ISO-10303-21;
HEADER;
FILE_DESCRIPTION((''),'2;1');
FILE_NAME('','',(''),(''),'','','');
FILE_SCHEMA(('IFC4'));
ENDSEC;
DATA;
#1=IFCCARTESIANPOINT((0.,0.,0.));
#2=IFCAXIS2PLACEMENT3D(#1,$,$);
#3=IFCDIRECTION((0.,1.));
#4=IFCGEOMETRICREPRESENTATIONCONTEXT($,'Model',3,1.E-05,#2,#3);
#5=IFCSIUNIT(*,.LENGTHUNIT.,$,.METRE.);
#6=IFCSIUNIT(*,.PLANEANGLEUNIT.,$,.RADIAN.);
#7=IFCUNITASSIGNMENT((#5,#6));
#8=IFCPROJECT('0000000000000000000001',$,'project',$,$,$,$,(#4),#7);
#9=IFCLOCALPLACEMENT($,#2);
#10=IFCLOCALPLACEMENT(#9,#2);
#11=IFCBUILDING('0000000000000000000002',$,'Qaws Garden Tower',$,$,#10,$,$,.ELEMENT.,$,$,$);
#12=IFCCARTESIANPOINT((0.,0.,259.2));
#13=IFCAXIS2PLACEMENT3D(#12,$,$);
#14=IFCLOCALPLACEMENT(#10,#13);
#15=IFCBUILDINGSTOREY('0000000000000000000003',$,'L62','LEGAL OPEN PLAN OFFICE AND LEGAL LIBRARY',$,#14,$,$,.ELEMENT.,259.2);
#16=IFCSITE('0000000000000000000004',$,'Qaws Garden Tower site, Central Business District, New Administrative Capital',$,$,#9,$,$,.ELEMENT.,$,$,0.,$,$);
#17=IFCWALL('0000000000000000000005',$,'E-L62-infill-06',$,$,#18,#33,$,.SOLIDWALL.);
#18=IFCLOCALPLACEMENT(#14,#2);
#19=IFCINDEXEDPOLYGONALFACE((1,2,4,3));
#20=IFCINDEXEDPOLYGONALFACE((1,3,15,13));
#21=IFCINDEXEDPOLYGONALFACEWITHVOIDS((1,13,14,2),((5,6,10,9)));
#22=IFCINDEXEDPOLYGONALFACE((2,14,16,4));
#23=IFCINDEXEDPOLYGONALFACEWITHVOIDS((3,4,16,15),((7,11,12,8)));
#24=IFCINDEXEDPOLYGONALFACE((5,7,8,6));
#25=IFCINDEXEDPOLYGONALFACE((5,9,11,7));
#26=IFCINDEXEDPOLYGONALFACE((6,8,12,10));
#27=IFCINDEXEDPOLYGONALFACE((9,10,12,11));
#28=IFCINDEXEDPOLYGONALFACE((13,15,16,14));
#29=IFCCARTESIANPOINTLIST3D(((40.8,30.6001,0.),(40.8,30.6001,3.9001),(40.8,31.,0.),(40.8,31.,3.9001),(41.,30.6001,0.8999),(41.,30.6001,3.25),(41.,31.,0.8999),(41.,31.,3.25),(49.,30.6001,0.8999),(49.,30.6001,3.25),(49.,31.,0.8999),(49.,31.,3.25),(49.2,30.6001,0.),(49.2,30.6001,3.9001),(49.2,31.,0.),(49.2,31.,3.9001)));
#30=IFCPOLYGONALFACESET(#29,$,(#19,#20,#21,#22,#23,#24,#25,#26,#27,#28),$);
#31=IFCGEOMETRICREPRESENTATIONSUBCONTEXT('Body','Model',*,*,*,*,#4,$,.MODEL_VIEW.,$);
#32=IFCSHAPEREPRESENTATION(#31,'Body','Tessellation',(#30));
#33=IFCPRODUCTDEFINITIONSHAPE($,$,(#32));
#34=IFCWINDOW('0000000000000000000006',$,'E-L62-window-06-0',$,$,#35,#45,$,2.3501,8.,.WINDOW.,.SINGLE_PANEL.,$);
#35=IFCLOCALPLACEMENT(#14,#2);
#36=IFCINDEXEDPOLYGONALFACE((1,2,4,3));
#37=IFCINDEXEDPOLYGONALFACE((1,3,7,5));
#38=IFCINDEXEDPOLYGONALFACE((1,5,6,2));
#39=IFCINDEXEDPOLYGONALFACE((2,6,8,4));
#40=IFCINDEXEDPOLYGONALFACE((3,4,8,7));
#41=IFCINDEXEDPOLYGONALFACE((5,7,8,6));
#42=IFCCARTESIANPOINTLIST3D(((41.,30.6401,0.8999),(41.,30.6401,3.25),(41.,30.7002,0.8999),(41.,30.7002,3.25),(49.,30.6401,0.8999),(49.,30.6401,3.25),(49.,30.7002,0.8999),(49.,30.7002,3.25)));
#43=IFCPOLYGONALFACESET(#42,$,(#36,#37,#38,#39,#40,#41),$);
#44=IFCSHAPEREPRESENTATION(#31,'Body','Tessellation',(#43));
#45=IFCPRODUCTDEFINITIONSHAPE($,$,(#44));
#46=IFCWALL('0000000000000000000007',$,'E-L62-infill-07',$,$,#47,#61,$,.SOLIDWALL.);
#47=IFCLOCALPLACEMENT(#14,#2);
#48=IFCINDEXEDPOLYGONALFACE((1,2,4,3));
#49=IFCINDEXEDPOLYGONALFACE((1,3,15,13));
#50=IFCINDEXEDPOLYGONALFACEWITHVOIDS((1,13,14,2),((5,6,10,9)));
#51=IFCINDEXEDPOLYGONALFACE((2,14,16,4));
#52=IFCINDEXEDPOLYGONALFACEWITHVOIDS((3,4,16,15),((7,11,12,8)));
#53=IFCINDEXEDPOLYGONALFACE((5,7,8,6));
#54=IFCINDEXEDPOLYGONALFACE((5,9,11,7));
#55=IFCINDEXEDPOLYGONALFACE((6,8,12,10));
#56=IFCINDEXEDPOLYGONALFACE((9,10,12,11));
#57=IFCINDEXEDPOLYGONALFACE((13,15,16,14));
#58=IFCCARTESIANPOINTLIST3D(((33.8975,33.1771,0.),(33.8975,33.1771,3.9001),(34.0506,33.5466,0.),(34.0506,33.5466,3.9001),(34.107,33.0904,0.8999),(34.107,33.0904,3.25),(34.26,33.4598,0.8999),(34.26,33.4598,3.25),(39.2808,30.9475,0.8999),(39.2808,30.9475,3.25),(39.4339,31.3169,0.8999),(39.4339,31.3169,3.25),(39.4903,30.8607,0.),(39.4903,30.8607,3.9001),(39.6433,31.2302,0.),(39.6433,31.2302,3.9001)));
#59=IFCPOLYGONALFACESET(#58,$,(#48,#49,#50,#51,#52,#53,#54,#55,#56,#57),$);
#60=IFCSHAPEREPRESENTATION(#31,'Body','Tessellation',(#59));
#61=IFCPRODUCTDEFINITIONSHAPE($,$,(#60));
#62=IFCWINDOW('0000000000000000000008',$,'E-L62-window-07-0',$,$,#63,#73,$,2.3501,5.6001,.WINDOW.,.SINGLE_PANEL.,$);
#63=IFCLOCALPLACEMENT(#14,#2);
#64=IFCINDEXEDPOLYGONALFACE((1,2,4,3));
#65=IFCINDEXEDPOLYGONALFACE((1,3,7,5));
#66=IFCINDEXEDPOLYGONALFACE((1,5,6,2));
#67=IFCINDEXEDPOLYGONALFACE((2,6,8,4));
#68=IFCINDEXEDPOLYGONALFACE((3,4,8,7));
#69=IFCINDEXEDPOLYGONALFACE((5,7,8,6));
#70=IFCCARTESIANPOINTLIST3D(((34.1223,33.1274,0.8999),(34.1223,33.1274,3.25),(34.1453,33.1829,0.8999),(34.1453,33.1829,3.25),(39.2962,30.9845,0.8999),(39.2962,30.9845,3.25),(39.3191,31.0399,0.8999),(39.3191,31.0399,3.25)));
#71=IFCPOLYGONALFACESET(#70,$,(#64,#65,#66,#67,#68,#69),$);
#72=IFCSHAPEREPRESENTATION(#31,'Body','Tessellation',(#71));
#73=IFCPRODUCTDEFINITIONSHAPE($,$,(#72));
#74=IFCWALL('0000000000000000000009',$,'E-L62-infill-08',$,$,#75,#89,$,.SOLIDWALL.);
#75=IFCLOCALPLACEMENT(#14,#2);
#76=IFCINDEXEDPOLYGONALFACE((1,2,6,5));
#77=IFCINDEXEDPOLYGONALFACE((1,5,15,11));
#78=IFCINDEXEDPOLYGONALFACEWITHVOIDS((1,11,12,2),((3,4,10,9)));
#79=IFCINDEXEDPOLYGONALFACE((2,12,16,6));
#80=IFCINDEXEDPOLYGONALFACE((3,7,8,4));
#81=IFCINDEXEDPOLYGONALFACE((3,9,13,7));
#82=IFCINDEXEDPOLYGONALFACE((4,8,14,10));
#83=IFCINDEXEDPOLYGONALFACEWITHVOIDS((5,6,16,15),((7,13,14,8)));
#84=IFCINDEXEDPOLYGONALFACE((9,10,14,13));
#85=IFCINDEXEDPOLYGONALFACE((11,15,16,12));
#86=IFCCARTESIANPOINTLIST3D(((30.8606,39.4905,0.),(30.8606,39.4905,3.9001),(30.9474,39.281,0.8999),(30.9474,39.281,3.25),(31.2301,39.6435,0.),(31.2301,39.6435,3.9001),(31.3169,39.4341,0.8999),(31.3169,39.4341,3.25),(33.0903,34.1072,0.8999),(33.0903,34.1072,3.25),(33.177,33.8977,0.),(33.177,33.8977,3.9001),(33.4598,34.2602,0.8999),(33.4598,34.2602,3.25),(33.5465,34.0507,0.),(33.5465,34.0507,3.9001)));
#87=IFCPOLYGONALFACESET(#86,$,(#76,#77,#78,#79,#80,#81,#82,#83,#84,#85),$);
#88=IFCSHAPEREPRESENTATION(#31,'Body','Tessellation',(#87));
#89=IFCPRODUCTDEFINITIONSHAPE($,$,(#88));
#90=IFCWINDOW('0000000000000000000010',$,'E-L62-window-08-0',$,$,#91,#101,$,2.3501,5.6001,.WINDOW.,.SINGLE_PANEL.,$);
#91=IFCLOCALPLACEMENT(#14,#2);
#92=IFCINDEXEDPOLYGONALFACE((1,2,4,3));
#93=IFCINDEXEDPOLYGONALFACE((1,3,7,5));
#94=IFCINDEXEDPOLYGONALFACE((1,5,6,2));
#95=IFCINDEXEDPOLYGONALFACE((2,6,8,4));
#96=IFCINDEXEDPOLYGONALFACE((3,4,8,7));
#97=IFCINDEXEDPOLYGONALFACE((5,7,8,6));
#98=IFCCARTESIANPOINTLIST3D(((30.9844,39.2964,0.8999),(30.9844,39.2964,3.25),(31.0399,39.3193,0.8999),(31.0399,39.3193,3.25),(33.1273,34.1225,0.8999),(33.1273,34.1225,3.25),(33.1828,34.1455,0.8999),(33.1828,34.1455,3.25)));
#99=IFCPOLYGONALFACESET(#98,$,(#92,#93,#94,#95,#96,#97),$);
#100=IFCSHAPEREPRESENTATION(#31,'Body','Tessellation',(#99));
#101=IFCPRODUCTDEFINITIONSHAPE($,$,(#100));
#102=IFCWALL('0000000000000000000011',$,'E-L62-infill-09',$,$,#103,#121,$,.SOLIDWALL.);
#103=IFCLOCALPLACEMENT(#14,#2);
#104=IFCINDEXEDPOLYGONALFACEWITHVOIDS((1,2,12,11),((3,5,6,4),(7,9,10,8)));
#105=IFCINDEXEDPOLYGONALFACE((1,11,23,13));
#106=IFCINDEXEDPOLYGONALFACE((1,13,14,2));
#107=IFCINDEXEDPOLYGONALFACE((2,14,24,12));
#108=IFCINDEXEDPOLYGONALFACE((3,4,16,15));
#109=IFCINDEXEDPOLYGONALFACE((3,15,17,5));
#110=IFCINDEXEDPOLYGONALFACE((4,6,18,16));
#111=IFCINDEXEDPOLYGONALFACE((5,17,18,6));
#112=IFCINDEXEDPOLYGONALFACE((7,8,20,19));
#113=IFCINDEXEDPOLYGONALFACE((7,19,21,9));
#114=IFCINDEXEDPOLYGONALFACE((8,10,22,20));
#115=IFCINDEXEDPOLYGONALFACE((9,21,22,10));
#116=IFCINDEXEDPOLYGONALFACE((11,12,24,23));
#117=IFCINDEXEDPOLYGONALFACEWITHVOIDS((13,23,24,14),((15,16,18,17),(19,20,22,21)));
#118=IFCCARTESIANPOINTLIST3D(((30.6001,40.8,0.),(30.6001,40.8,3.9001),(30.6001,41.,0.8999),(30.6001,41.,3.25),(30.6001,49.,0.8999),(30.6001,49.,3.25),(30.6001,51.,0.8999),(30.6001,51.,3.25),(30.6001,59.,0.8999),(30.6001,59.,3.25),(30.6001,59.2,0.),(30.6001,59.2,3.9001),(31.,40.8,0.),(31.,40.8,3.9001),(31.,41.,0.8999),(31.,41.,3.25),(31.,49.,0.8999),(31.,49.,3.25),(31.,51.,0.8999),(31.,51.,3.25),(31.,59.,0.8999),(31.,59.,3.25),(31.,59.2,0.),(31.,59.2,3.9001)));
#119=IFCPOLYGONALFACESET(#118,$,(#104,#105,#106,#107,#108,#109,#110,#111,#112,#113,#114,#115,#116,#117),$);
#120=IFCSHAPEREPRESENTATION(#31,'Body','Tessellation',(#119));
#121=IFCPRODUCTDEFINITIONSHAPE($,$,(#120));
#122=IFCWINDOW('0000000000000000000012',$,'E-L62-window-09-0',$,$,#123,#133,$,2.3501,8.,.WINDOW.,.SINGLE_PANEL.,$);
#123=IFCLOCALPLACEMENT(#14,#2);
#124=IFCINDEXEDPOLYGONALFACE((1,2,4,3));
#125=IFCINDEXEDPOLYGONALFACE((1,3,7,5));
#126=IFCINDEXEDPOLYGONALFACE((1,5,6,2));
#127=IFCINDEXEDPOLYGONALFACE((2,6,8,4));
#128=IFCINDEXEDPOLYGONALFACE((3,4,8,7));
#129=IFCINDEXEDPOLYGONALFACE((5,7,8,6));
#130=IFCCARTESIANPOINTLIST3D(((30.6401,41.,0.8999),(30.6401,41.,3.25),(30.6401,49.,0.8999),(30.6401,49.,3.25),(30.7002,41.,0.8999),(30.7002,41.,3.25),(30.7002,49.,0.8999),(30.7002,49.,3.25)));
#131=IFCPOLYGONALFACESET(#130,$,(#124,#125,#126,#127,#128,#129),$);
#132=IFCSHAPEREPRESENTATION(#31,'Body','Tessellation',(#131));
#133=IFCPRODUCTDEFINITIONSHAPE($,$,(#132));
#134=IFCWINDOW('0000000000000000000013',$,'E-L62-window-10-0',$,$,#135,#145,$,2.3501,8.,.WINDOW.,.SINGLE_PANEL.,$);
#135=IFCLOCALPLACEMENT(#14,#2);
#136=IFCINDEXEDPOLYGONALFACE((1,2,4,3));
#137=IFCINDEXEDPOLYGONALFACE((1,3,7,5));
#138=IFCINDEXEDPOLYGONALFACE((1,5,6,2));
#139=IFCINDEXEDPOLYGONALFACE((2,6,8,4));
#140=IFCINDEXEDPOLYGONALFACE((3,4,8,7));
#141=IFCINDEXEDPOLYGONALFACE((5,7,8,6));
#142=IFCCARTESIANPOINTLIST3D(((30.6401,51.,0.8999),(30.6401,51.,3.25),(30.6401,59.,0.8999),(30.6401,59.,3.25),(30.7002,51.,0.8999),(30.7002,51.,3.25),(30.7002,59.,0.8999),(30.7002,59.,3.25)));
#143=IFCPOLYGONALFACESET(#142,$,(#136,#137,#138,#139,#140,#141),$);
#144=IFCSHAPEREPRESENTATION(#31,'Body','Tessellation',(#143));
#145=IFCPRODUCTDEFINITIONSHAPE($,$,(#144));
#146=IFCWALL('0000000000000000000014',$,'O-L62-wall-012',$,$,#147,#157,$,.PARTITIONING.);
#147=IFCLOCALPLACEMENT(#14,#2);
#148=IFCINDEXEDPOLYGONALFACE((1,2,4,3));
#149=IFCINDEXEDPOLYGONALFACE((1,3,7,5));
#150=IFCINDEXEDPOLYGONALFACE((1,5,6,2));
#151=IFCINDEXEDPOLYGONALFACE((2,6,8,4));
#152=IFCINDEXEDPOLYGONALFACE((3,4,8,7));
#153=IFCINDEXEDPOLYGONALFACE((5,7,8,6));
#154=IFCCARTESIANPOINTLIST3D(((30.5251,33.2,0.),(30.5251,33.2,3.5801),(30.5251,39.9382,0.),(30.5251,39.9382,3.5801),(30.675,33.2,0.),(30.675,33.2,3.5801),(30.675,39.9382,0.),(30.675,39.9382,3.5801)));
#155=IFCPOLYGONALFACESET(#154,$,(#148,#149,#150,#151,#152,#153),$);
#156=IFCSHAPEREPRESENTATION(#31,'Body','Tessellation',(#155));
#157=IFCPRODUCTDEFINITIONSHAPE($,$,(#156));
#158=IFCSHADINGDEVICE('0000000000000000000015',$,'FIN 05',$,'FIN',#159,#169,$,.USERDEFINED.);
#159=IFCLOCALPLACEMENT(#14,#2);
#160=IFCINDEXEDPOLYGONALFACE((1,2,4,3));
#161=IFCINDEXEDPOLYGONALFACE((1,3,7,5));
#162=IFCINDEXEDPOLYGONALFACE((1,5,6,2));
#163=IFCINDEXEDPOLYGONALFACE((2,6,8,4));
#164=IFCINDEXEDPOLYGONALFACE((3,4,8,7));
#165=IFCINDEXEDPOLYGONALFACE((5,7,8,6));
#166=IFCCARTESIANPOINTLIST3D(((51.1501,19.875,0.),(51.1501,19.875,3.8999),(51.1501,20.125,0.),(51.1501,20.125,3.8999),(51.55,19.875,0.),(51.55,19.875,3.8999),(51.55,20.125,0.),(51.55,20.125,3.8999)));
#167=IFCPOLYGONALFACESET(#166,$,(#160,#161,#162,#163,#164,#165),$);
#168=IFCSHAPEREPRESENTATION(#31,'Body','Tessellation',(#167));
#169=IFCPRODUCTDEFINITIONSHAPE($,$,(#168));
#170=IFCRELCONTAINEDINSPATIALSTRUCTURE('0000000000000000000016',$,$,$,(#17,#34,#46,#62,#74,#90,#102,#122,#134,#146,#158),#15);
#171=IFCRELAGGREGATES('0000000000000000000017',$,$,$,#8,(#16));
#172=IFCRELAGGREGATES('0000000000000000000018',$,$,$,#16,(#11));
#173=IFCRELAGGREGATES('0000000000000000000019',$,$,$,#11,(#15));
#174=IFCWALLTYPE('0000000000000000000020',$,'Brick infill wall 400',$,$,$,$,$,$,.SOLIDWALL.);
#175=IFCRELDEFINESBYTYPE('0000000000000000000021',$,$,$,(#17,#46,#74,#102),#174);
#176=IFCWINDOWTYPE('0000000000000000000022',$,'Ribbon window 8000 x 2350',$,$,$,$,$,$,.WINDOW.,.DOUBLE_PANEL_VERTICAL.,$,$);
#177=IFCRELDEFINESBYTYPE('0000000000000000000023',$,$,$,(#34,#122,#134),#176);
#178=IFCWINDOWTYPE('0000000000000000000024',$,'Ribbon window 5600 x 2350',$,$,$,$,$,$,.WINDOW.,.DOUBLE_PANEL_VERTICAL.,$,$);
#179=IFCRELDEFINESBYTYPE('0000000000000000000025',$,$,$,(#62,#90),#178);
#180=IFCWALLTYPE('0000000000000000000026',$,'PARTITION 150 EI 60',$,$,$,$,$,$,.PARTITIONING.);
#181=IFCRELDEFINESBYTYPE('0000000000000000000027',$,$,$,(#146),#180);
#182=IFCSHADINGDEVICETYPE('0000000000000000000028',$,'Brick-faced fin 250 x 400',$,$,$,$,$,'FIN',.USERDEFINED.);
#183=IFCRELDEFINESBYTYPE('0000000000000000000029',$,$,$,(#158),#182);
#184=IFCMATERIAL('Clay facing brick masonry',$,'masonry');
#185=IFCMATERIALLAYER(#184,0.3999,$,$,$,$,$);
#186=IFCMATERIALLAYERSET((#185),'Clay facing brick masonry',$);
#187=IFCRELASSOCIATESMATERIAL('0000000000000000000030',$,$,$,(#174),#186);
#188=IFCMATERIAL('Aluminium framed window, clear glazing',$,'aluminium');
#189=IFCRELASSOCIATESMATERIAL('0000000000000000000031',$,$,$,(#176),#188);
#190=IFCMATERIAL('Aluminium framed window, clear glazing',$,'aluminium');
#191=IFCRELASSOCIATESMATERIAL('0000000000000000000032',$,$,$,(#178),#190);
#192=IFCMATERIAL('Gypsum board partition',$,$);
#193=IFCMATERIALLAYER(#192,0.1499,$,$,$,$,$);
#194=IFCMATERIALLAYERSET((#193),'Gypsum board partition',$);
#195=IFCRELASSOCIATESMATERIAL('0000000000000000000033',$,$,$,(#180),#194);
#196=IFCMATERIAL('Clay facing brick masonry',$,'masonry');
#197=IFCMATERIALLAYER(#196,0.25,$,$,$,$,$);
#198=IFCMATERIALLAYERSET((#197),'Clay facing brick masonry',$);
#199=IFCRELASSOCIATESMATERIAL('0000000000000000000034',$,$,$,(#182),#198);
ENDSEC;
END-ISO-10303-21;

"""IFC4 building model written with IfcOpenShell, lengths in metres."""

from ifc_helpers import new_model, si_unit, direction, frame, frame_2d, origin, origin_2d, place, context, subcontext, project, spatial, rectangle, extrude, material, layer, layer_set, type_object, element, fill, save


model = new_model("IFC4")

# Units and contexts
model_context = context("Model", 3, precision=1e-05, world=origin(), true_north=direction((0.0, 1.0)))
body_context = subcontext(model_context, "Body", "Model", "MODEL_VIEW")
ifc_project = project(units=[si_unit("LENGTHUNIT", "METRE"), si_unit("PLANEANGLEUNIT", "RADIAN")], contexts=[model_context])

# Site, building, storey
site_placement = place(None, origin())
site = spatial("IfcSite", under=ifc_project, at=site_placement, Name="Qaws Garden Tower site, Central Business District, New Administrative Capital", CompositionType="ELEMENT", RefElevation=0.0)
building_placement = place(site_placement, origin())
building = spatial("IfcBuilding", under=site, at=building_placement, Name="Qaws Garden Tower", CompositionType="ELEMENT")
storey_placement = place(building_placement, frame((0.0, 0.0, 259.2)))
storey = spatial("IfcBuildingStorey", under=building, at=storey_placement, Name="L62", Description="LEGAL OPEN PLAN OFFICE AND LEGAL LIBRARY", CompositionType="ELEMENT", Elevation=259.2)

# Walls, openings, windows
ifc_material_1 = material(Name="Clay facing brick masonry", Category="masonry")
ifc_layer_1 = layer(ifc_material_1, 0.3999)
ifc_layer_set_1 = layer_set([ifc_layer_1], Name="Clay facing brick masonry")
wall_type_1 = type_object("IfcWallType", Name="Brick infill wall 400", PredefinedType="SOLIDWALL", material=ifc_layer_set_1)
wall_1_placement = place(storey_placement, frame((49.2, 30.8, 0.0), z_axis=(0.0, 0.0, 1.0), x_axis=(-1.0, 0.0, 0.0)))
wall_1 = element("IfcWall", 1, at=wall_1_placement, inside=storey, type_object=wall_type_1, Name="E-L62-infill-06", PredefinedType="SOLIDWALL", context=body_context, shape_type="SweptSolid", body=[
    extrude(rectangle(XDim=8.3999, YDim=0.3999, at=frame_2d((4.2, 0.0))), origin(), (0.0, 0.0, 1.0), 3.9001),
])
opening_1_placement = place(wall_1_placement, frame((0.2, 0.0, 0.8999)))
opening_1 = element("IfcOpeningElement", 2, at=opening_1_placement, cuts=wall_1, PredefinedType="OPENING", context=body_context, shape_type="SweptSolid", body=[
    extrude(rectangle(XDim=8.0, YDim=2.3501, at=frame_2d((4.0, 1.175))), frame((0.0, 0.21, 0.0), z_axis=(0.0, -1.0, 0.0), x_axis=(1.0, 0.0, 0.0)), (0.0, 0.0, 1.0), 0.4199),
])
ifc_material_2 = material(Name="Aluminium framed window, clear glazing", Category="aluminium")
window_type_1 = type_object("IfcWindowType", Name="Ribbon window 8000 x 2350", PartitioningType="DOUBLE_PANEL_VERTICAL", PredefinedType="WINDOW", material=ifc_material_2)
window_1_placement = place(opening_1_placement, origin())
window_1 = element("IfcWindow", 3, at=window_1_placement, inside=storey, type_object=window_type_1, Name="E-L62-window-06-0", OverallHeight=2.3501, OverallWidth=8.0, PartitioningType="SINGLE_PANEL", PredefinedType="WINDOW", context=body_context, shape_type="SweptSolid", body=[
    extrude(rectangle(XDim=8.0, YDim=2.3501, at=frame_2d((4.0, 1.175))), frame((0.0, 0.1599, 0.0), z_axis=(0.0, -1.0, 0.0), x_axis=(1.0, 0.0, 0.0)), (0.0, 0.0, 1.0), 0.0601),
])
fill(opening_1, window_1)
wall_2_placement = place(storey_placement, frame((39.5669, 31.0454, 0.0), z_axis=(0.0, 0.0, 1.0), x_axis=(-0.923891, 0.382656, 0.0)))
wall_2 = element("IfcWall", 4, at=wall_2_placement, inside=storey, type_object=wall_type_1, Name="E-L62-infill-07", PredefinedType="SOLIDWALL", context=body_context, shape_type="SweptSolid", body=[
    extrude(rectangle(XDim=6.0535, YDim=0.3999, at=frame_2d((3.0269, 0.0))), origin(), (0.0, 0.0, 1.0), 3.9001),
])
opening_2_placement = place(wall_2_placement, frame((0.2268, 0.0, 0.8999)))
opening_2 = element("IfcOpeningElement", 5, at=opening_2_placement, cuts=wall_2, PredefinedType="OPENING", context=body_context, shape_type="SweptSolid", body=[
    extrude(rectangle(XDim=5.6001, YDim=2.3501, at=frame_2d((2.8, 1.175))), frame((0.0, 0.21, 0.0), z_axis=(0.0, -1.0, 0.0), x_axis=(1.0, 0.0, 0.0)), (0.0, 0.0, 1.0), 0.4199),
])
ifc_material_3 = material(Name="Aluminium framed window, clear glazing", Category="aluminium")
window_type_2 = type_object("IfcWindowType", Name="Ribbon window 5600 x 2350", PartitioningType="DOUBLE_PANEL_VERTICAL", PredefinedType="WINDOW", material=ifc_material_3)
window_2_placement = place(opening_2_placement, origin())
window_2 = element("IfcWindow", 6, at=window_2_placement, inside=storey, type_object=window_type_2, Name="E-L62-window-07-0", OverallHeight=2.3501, OverallWidth=5.6001, PartitioningType="SINGLE_PANEL", PredefinedType="WINDOW", context=body_context, shape_type="SweptSolid", body=[
    extrude(rectangle(XDim=5.6001, YDim=2.3501, at=frame_2d((2.8, 1.175))), frame((0.0, 0.1599, 0.0), z_axis=(0.0, -1.0, 0.0), x_axis=(1.0, 0.0, 0.0)), (0.0, 0.0, 1.0), 0.0601),
])
fill(opening_2, window_2)
wall_3_placement = place(storey_placement, frame((33.3618, 33.9741, 0.0), z_axis=(0.0, 0.0, 1.0), x_axis=(-0.382656, 0.923891, 0.0)))
wall_3 = element("IfcWall", 7, at=wall_3_placement, inside=storey, type_object=wall_type_1, Name="E-L62-infill-08", PredefinedType="SOLIDWALL", context=body_context, shape_type="SweptSolid", body=[
    extrude(rectangle(XDim=6.0535, YDim=0.3999, at=frame_2d((3.0269, 0.0))), origin(), (0.0, 0.0, 1.0), 3.9001),
])
opening_3_placement = place(wall_3_placement, frame((0.2268, 0.0, 0.8999)))
opening_3 = element("IfcOpeningElement", 8, at=opening_3_placement, cuts=wall_3, PredefinedType="OPENING", context=body_context, shape_type="SweptSolid", body=[
    extrude(rectangle(XDim=5.6001, YDim=2.3501, at=frame_2d((2.8, 1.175))), frame((0.0, 0.21, 0.0), z_axis=(0.0, -1.0, 0.0), x_axis=(1.0, 0.0, 0.0)), (0.0, 0.0, 1.0), 0.4199),
])
window_3_placement = place(opening_3_placement, origin())
window_3 = element("IfcWindow", 9, at=window_3_placement, inside=storey, type_object=window_type_2, Name="E-L62-window-08-0", OverallHeight=2.3501, OverallWidth=5.6001, PartitioningType="SINGLE_PANEL", PredefinedType="WINDOW", context=body_context, shape_type="SweptSolid", body=[
    extrude(rectangle(XDim=5.6001, YDim=2.3501, at=frame_2d((2.8, 1.175))), frame((0.0, 0.1599, 0.0), z_axis=(0.0, -1.0, 0.0), x_axis=(1.0, 0.0, 0.0)), (0.0, 0.0, 1.0), 0.0601),
])
fill(opening_3, window_3)

# Wall, openings, windows
wall_4_placement = place(storey_placement, frame((30.8, 40.8, 0.0), z_axis=(0.0, 0.0, 1.0), x_axis=(0.0, 1.0, 0.0)))
wall_4 = element("IfcWall", 10, at=wall_4_placement, inside=storey, type_object=wall_type_1, Name="E-L62-infill-09", PredefinedType="SOLIDWALL", context=body_context, shape_type="SweptSolid", body=[
    extrude(rectangle(XDim=18.3999, YDim=0.3999, at=frame_2d((9.2, 0.0))), origin(), (0.0, 0.0, 1.0), 3.9001),
])
opening_4_placement = place(wall_4_placement, frame((0.2, 0.0, 0.8999)))
opening_4 = element("IfcOpeningElement", 11, at=opening_4_placement, cuts=wall_4, PredefinedType="OPENING", context=body_context, shape_type="SweptSolid", body=[
    extrude(rectangle(XDim=8.0, YDim=2.3501, at=frame_2d((4.0, 1.175))), frame((0.0, 0.21, 0.0), z_axis=(0.0, -1.0, 0.0), x_axis=(1.0, 0.0, 0.0)), (0.0, 0.0, 1.0), 0.4199),
])
opening_5_placement = place(wall_4_placement, frame((10.2, 0.0, 0.8999)))
opening_5 = element("IfcOpeningElement", 12, at=opening_5_placement, cuts=wall_4, PredefinedType="OPENING", context=body_context, shape_type="SweptSolid", body=[
    extrude(rectangle(XDim=8.0, YDim=2.3501, at=frame_2d((4.0, 1.175))), frame((0.0, 0.21, 0.0), z_axis=(0.0, -1.0, 0.0), x_axis=(1.0, 0.0, 0.0)), (0.0, 0.0, 1.0), 0.4199),
])
window_4_placement = place(opening_4_placement, origin())
window_4 = element("IfcWindow", 13, at=window_4_placement, inside=storey, type_object=window_type_1, Name="E-L62-window-09-0", OverallHeight=2.3501, OverallWidth=8.0, PartitioningType="SINGLE_PANEL", PredefinedType="WINDOW", context=body_context, shape_type="SweptSolid", body=[
    extrude(rectangle(XDim=8.0, YDim=2.3501, at=frame_2d((4.0, 1.175))), frame((0.0, 0.1599, 0.0), z_axis=(0.0, -1.0, 0.0), x_axis=(1.0, 0.0, 0.0)), (0.0, 0.0, 1.0), 0.0601),
])
fill(opening_4, window_4)
window_5_placement = place(opening_5_placement, origin())
window_5 = element("IfcWindow", 14, at=window_5_placement, inside=storey, type_object=window_type_1, Name="E-L62-window-10-0", OverallHeight=2.3501, OverallWidth=8.0, PartitioningType="SINGLE_PANEL", PredefinedType="WINDOW", context=body_context, shape_type="SweptSolid", body=[
    extrude(rectangle(XDim=8.0, YDim=2.3501, at=frame_2d((4.0, 1.175))), frame((0.0, 0.1599, 0.0), z_axis=(0.0, -1.0, 0.0), x_axis=(1.0, 0.0, 0.0)), (0.0, 0.0, 1.0), 0.0601),
])
fill(opening_5, window_5)

# Wall
ifc_material_4 = material(Name="Gypsum board partition")
ifc_layer_2 = layer(ifc_material_4, 0.1499)
ifc_layer_set_2 = layer_set([ifc_layer_2], Name="Gypsum board partition")
wall_type_2 = type_object("IfcWallType", Name="PARTITION 150 EI 60", PredefinedType="PARTITIONING", material=ifc_layer_set_2)
wall_5_placement = place(storey_placement, frame((30.6001, 33.2, 0.0), z_axis=(0.0, 0.0, 1.0), x_axis=(0.0, 1.0, 0.0)))
element("IfcWall", 15, at=wall_5_placement, inside=storey, type_object=wall_type_2, Name="O-L62-wall-012", PredefinedType="PARTITIONING", context=body_context, shape_type="SweptSolid", body=[
    extrude(rectangle(XDim=6.7383, YDim=0.1499, at=frame_2d((3.3691, 0.0))), origin(), (0.0, 0.0, 1.0), 3.5801),
])

# Shading device
ifc_material_5 = material(Name="Clay facing brick masonry", Category="masonry")
ifc_layer_3 = layer(ifc_material_5, 0.25)
ifc_layer_set_3 = layer_set([ifc_layer_3], Name="Clay facing brick masonry")
shading_device_type = type_object("IfcShadingDeviceType", Name="Brick-faced fin 250 x 400", ElementType="FIN", PredefinedType="USERDEFINED", material=ifc_layer_set_3)
shading_device_placement = place(storey_placement, frame((51.3501, 20.0, 0.0), z_axis=(0.0, 0.0, 1.0), x_axis=(0.0, 1.0, 0.0)))
element("IfcShadingDevice", 16, at=shading_device_placement, inside=storey, type_object=shading_device_type, Name="FIN 05", ObjectType="FIN", PredefinedType="USERDEFINED", context=body_context, shape_type="SweptSolid", body=[
    extrude(rectangle(XDim=0.25, YDim=0.3999, at=origin_2d()), origin(), (0.0, 0.0, 1.0), 3.8999),
])

save(model, "model.ifc")
